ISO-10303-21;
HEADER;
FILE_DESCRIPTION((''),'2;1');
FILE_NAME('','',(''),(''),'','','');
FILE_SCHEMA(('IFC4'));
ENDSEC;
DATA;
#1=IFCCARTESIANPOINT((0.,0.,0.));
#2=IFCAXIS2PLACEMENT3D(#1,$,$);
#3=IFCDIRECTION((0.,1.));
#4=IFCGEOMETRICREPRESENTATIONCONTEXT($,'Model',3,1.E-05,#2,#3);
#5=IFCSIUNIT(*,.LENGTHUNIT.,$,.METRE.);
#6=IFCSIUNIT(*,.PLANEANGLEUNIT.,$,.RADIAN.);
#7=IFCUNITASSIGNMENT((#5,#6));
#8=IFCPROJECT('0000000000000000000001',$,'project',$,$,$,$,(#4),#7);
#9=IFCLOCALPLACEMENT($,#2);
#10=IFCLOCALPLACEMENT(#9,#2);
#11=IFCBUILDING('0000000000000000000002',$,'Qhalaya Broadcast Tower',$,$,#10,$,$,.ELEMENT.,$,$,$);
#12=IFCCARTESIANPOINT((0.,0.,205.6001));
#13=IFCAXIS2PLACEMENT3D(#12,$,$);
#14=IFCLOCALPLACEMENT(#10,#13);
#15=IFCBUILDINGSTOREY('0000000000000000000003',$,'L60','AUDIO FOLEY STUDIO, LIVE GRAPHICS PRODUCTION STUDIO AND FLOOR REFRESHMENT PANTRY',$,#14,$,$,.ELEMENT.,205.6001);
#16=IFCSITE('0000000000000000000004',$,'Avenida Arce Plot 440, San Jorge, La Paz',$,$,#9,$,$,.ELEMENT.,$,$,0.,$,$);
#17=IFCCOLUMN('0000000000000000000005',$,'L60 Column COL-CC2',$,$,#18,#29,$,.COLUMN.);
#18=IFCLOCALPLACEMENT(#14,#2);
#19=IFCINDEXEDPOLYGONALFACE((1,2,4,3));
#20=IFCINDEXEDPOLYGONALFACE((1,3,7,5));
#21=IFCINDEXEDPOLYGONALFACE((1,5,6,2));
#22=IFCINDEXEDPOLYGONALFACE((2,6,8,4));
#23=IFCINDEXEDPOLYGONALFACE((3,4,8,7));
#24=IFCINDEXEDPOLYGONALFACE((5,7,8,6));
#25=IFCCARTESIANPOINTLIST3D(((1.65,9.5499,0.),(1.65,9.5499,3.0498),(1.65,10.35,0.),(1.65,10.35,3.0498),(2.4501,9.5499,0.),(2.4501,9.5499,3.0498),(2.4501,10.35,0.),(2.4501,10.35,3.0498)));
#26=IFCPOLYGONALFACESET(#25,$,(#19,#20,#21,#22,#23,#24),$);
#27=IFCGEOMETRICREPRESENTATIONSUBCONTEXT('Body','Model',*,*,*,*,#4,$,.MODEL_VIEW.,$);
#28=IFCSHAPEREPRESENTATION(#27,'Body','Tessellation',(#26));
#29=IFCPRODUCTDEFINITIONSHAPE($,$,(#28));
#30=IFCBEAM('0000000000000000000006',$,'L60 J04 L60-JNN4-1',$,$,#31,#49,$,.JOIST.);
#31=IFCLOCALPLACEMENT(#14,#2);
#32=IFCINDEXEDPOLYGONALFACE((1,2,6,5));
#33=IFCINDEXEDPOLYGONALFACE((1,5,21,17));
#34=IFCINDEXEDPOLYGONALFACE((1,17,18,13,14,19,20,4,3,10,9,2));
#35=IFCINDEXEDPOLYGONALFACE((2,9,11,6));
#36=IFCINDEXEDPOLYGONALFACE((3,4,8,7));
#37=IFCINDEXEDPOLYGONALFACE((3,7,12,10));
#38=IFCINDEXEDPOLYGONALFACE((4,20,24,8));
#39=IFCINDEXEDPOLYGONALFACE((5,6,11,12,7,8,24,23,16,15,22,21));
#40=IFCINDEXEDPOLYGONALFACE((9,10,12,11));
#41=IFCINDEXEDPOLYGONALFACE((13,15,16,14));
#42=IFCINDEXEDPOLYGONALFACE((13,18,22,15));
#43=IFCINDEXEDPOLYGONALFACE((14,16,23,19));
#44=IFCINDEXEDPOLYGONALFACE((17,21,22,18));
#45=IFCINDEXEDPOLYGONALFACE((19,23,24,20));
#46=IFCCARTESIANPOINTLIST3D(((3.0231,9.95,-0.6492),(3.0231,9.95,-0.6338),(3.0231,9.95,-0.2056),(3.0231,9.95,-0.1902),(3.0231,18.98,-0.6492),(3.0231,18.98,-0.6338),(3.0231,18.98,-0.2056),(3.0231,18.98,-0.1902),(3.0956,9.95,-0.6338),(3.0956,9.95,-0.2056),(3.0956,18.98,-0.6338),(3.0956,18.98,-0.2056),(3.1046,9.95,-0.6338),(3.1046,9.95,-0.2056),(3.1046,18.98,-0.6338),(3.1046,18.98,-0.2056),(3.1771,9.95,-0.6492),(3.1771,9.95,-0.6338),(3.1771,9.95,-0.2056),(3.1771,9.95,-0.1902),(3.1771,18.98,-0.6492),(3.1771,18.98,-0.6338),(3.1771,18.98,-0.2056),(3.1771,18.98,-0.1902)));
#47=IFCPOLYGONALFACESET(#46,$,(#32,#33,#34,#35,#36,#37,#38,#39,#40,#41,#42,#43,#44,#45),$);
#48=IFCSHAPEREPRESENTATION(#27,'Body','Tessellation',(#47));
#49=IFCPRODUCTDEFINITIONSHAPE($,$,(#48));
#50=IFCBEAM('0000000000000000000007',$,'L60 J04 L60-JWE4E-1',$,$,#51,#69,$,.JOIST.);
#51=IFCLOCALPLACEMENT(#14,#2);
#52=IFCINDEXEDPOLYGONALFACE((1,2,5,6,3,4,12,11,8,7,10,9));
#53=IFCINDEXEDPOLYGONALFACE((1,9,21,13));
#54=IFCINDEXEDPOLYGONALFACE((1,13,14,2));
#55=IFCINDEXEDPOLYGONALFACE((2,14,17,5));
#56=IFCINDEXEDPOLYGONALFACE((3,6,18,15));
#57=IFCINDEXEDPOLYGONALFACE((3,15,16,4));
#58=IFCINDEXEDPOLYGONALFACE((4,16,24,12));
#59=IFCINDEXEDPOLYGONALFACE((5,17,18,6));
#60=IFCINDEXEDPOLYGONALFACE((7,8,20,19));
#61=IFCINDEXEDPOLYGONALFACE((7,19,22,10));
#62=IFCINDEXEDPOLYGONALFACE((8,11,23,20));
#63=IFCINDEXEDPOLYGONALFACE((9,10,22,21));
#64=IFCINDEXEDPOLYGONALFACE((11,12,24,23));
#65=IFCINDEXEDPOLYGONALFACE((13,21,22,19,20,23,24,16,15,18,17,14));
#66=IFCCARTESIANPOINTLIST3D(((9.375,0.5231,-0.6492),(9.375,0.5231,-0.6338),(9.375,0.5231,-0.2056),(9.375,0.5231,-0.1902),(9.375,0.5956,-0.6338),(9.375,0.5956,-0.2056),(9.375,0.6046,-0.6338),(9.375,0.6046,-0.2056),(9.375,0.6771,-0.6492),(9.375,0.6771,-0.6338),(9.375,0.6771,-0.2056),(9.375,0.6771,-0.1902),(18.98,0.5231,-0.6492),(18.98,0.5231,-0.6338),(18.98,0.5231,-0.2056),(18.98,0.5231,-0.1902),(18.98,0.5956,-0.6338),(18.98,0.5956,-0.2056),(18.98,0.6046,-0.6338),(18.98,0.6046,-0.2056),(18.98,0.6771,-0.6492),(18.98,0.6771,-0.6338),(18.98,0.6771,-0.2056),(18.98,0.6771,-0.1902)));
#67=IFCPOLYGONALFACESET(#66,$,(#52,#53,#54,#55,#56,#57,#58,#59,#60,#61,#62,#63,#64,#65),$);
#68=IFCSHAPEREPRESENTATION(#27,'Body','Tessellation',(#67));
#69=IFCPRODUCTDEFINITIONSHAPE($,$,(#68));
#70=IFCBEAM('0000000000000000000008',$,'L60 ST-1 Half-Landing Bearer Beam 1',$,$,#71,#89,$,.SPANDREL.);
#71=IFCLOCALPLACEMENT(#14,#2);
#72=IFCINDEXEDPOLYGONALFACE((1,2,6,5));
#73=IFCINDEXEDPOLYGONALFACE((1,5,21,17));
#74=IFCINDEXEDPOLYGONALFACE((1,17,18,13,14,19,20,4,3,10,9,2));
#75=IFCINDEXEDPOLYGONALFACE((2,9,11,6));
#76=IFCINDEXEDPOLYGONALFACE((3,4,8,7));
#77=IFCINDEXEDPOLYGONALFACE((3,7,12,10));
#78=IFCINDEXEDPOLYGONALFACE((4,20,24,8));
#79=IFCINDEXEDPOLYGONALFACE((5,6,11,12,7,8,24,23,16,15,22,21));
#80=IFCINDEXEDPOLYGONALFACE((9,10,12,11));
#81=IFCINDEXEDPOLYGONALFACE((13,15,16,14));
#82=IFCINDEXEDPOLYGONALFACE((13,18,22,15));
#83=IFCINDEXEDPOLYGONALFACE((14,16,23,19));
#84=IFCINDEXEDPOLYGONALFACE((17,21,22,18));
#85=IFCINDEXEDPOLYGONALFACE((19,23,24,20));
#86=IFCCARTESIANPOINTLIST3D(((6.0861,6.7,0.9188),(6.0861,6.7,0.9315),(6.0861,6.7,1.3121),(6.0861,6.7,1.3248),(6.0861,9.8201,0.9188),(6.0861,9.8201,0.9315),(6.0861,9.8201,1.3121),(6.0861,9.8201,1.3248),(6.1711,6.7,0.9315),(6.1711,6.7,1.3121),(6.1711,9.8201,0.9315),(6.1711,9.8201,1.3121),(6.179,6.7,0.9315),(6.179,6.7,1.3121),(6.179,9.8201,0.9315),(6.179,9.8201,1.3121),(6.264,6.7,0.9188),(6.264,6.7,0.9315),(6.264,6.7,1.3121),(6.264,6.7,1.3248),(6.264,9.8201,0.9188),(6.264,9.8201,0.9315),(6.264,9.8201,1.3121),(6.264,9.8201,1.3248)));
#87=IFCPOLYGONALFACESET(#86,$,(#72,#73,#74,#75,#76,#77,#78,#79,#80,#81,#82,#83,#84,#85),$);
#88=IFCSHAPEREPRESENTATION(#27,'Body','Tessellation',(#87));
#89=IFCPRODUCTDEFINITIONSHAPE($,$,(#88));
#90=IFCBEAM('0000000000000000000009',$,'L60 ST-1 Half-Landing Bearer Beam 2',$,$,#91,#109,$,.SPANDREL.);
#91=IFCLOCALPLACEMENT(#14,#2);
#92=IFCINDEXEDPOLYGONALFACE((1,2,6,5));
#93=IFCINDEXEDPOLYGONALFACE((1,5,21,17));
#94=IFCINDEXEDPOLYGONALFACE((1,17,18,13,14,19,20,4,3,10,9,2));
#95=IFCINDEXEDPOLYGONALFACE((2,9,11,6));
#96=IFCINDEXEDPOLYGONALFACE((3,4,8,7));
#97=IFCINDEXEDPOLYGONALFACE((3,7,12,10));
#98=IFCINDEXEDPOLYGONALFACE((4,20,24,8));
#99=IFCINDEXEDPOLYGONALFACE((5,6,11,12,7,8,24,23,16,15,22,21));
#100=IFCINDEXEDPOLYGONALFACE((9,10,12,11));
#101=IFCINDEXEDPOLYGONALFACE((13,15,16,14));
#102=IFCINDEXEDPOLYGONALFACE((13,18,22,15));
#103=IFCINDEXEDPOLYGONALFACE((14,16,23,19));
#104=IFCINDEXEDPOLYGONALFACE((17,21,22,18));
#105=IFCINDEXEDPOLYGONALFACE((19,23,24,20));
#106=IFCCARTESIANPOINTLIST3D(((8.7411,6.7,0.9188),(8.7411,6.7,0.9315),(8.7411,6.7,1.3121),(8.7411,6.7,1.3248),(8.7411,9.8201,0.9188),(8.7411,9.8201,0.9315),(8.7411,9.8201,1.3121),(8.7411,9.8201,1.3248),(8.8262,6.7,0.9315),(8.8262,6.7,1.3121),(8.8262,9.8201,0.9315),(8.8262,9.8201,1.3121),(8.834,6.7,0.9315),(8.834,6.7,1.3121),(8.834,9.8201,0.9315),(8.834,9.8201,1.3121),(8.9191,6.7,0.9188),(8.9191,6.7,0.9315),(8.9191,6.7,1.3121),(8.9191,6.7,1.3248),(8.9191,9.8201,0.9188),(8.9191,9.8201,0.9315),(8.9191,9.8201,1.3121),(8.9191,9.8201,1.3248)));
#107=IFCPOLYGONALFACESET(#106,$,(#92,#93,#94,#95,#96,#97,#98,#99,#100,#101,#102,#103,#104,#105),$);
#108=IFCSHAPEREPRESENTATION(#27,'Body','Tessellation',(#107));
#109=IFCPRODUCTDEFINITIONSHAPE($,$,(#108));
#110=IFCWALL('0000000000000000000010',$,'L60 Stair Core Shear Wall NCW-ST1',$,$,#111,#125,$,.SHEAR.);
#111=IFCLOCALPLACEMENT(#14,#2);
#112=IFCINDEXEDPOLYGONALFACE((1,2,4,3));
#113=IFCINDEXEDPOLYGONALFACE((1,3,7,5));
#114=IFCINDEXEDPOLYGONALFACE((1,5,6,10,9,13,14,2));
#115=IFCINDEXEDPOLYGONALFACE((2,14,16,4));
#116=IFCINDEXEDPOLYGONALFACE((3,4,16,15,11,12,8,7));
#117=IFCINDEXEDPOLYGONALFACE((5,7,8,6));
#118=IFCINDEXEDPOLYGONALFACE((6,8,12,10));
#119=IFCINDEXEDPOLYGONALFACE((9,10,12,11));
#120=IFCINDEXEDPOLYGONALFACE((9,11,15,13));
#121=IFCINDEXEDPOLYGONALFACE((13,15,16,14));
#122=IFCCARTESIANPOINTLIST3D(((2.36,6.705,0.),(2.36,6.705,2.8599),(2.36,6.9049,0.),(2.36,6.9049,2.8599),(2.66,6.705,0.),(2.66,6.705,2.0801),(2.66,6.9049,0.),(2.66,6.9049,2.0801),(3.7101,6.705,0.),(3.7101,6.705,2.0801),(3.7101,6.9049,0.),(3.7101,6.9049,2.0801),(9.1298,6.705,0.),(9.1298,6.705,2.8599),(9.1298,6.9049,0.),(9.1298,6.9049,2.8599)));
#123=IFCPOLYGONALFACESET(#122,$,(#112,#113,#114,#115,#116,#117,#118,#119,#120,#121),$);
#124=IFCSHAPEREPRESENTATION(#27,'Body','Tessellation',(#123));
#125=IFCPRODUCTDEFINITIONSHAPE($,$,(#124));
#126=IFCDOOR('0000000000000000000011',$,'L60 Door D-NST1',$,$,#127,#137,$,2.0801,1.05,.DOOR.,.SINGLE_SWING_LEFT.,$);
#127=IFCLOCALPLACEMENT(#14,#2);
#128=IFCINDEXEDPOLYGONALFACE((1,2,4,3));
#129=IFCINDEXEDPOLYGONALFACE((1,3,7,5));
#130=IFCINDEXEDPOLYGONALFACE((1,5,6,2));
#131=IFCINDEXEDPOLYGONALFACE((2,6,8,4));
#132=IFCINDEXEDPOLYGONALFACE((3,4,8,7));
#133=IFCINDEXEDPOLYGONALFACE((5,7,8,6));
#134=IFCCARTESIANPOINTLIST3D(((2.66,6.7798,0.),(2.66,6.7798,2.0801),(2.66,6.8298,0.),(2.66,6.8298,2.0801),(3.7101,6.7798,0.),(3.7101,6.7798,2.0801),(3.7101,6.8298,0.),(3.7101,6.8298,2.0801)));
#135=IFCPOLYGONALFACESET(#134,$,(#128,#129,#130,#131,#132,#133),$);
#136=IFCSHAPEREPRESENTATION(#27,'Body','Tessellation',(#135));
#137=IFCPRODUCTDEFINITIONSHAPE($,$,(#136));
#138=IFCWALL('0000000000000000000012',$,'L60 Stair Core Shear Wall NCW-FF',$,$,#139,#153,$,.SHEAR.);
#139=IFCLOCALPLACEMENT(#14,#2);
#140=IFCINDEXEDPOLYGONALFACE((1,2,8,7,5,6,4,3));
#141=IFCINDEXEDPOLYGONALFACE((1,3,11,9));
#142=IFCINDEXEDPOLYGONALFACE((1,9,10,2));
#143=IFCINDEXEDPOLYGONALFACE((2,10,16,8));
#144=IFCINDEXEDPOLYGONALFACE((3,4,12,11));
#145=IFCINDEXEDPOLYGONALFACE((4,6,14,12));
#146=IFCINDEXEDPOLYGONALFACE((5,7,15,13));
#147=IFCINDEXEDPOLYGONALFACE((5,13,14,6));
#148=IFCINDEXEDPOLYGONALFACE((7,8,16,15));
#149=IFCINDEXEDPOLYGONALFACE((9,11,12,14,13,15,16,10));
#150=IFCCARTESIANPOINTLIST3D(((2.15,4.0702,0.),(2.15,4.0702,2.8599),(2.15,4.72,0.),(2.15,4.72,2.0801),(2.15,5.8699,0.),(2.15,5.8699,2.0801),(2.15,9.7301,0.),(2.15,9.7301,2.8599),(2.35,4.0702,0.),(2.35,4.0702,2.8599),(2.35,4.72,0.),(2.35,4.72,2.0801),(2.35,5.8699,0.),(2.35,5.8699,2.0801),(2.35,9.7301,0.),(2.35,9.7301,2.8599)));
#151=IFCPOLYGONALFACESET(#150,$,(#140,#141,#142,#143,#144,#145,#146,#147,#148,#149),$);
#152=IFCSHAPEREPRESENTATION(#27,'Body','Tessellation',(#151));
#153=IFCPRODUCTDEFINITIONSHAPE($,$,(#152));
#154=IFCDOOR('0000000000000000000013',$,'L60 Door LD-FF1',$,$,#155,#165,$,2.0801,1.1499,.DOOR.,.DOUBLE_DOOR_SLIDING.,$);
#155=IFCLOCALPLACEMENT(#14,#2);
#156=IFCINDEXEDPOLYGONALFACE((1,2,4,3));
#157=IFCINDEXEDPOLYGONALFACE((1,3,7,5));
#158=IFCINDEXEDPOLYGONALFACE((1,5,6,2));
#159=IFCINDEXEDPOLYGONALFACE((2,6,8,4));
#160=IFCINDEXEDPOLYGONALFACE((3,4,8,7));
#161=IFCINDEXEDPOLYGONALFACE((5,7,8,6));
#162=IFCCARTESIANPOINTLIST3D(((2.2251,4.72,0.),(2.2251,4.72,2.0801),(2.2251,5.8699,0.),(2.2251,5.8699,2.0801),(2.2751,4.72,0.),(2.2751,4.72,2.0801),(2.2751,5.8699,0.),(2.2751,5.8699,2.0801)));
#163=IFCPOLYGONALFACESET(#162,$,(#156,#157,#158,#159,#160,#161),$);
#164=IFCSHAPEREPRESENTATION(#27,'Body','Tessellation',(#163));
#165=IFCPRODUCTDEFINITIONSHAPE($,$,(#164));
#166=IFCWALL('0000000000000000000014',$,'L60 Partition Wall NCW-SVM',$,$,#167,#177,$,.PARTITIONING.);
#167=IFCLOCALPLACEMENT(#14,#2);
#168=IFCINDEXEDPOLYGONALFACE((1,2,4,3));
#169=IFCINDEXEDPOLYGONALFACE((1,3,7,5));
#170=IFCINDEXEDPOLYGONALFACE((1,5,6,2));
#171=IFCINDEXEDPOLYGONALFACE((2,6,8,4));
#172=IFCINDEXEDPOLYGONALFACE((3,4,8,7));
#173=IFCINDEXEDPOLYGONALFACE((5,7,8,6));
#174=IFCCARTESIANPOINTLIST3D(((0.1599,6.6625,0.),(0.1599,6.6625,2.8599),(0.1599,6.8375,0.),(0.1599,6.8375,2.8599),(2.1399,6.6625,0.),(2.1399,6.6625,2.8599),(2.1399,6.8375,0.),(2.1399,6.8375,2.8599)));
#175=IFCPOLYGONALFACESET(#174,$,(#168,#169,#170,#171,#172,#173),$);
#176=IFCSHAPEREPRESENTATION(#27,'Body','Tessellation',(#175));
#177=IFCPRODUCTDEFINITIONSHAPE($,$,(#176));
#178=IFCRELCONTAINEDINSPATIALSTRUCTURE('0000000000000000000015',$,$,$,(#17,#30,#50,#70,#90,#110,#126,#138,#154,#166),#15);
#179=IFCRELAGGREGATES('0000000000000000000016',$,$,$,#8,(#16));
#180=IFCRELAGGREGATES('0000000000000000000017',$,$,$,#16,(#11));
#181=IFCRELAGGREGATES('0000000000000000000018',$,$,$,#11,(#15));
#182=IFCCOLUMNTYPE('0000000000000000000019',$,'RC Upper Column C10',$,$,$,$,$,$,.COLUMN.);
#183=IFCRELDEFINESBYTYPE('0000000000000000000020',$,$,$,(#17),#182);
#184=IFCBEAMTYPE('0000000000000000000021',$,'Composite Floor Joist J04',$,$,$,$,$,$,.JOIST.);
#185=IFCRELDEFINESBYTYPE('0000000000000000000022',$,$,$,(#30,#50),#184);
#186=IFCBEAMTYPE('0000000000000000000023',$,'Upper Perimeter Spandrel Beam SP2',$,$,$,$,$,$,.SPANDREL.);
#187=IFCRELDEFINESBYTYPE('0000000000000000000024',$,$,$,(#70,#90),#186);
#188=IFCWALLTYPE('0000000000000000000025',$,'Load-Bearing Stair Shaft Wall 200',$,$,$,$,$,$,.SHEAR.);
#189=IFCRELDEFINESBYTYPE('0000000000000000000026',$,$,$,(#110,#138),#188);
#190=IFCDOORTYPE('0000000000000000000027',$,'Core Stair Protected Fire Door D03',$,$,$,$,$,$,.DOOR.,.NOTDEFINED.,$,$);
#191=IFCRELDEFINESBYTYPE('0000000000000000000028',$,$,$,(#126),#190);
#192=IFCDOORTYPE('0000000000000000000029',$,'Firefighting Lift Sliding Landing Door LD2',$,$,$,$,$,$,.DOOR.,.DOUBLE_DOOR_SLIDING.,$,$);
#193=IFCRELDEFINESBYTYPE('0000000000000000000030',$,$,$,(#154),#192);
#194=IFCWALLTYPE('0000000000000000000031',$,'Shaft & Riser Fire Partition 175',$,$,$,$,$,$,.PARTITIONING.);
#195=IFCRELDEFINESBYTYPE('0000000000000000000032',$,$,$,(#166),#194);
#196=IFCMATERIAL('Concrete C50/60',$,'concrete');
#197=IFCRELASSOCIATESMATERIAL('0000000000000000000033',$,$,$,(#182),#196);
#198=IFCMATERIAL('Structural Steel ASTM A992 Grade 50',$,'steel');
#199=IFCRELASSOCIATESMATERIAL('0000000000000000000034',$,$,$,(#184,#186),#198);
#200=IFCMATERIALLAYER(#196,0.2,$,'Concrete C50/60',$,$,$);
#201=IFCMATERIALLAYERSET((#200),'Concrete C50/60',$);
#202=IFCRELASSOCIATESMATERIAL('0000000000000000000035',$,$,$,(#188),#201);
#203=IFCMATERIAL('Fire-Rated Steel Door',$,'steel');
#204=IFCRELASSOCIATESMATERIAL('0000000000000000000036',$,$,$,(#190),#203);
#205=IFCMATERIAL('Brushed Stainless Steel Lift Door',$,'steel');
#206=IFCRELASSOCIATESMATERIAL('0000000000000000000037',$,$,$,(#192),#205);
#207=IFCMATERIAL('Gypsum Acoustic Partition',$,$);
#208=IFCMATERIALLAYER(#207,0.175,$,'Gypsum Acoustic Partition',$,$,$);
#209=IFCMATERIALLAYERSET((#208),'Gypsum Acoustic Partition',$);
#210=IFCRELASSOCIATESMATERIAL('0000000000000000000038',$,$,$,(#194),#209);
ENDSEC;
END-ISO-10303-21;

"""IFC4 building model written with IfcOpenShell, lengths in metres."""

from ifc_helpers import new_model, si_unit, direction, frame, frame_2d, origin, origin_2d, place, context, subcontext, project, spatial, rectangle, i_section, extrude, material, layer, layer_set, material_profile, profile_set, type_object, element, fill, save


model = new_model("IFC4")

# Units and contexts
model_context = context("Model", 3, precision=1e-05, world=origin(), true_north=direction((0.0, 1.0)))
body_context = subcontext(model_context, "Body", "Model", "MODEL_VIEW")
ifc_project = project(units=[si_unit("LENGTHUNIT", "METRE"), si_unit("PLANEANGLEUNIT", "RADIAN")], contexts=[model_context])

# Site, building, storey
site_placement = place(None, origin())
site = spatial("IfcSite", under=ifc_project, at=site_placement, Name="Avenida Arce Plot 440, San Jorge, La Paz", CompositionType="ELEMENT", RefElevation=0.0)
building_placement = place(site_placement, origin())
building = spatial("IfcBuilding", under=site, at=building_placement, Name="Qhalaya Broadcast Tower", CompositionType="ELEMENT")
storey_placement = place(building_placement, frame((0.0, 0.0, 205.6001)))
storey = spatial("IfcBuildingStorey", under=building, at=storey_placement, Name="L60", Description="AUDIO FOLEY STUDIO, LIVE GRAPHICS PRODUCTION STUDIO AND FLOOR REFRESHMENT PANTRY", CompositionType="ELEMENT", Elevation=205.6001)

# Column
ifc_material_1 = material(Name="Concrete C50/60", Category="concrete")
ifc_material_profile_1 = material_profile(ifc_material_1, rectangle(XDim=0.8, YDim=0.8, at=origin_2d()), Name="RC-COL 800x800")
ifc_profile_set_1 = profile_set([ifc_material_profile_1], Name="Concrete C50/60")
column_type = type_object("IfcColumnType", Name="RC Upper Column C10", PredefinedType="COLUMN", material=ifc_profile_set_1)
column_placement = place(storey_placement, frame((2.05, 9.95, 0.0), z_axis=(0.0, 0.0, 1.0), x_axis=(1.0, 0.0, 0.0)))
element("IfcColumn", 1, at=column_placement, inside=storey, type_object=column_type, Name="L60 Column COL-CC2", PredefinedType="COLUMN", context=body_context, shape_type="SweptSolid", body=[
    extrude(rectangle(XDim=0.8, YDim=0.8, at=origin_2d()), origin(), (0.0, 0.0, 1.0), 3.0498),
])

# Beams
ifc_material_2 = material(Name="Structural Steel ASTM A992 Grade 50", Category="steel")
ifc_material_profile_2 = material_profile(ifc_material_2, i_section(OverallWidth=0.1541, OverallDepth=0.459, WebThickness=0.009, FlangeThickness=0.0154, at=origin_2d()), Name="W18X46")
ifc_profile_set_2 = profile_set([ifc_material_profile_2], Name="Structural Steel ASTM A992 Grade 50")
beam_type_1 = type_object("IfcBeamType", Name="Composite Floor Joist J04", PredefinedType="JOIST", material=ifc_profile_set_2)
beam_1_placement = place(storey_placement, frame((3.1001, 9.95, -0.4197), z_axis=(0.0, 1.0, 0.0), x_axis=(-1.0, 0.0, 0.0)))
element("IfcBeam", 2, at=beam_1_placement, inside=storey, type_object=beam_type_1, Name="L60 J04 L60-JNN4-1", PredefinedType="JOIST", context=body_context, shape_type="SweptSolid", body=[
    extrude(i_section(OverallWidth=0.1541, OverallDepth=0.459, WebThickness=0.009, FlangeThickness=0.0154, at=origin_2d()), origin(), (0.0, 0.0, 1.0), 9.03),
])
beam_2_placement = place(storey_placement, frame((9.375, 0.6001, -0.4197), z_axis=(1.0, 0.0, 0.0), x_axis=(0.0, 1.0, 0.0)))
element("IfcBeam", 3, at=beam_2_placement, inside=storey, type_object=beam_type_1, Name="L60 J04 L60-JWE4E-1", PredefinedType="JOIST", context=body_context, shape_type="SweptSolid", body=[
    extrude(i_section(OverallWidth=0.1541, OverallDepth=0.459, WebThickness=0.009, FlangeThickness=0.0154, at=origin_2d()), origin(), (0.0, 0.0, 1.0), 9.605),
])
ifc_material_profile_3 = material_profile(ifc_material_2, i_section(OverallWidth=0.178, OverallDepth=0.406, WebThickness=0.0078, FlangeThickness=0.0127, at=origin_2d()), Name="W16X40")
ifc_profile_set_3 = profile_set([ifc_material_profile_3], Name="Structural Steel ASTM A992 Grade 50")
beam_type_2 = type_object("IfcBeamType", Name="Upper Perimeter Spandrel Beam SP2", PredefinedType="SPANDREL", material=ifc_profile_set_3)
for number, where, z_axis, x_axis, name in (
    (4, (6.175, 6.7, 1.1218), (0.0, 1.0, 0.0), (-1.0, 0.0, 0.0), "L60 ST-1 Half-Landing Bearer Beam 1"),
    (5, (8.8301, 6.7, 1.1218), (0.0, 1.0, 0.0), (-1.0, 0.0, 0.0), "L60 ST-1 Half-Landing Bearer Beam 2"),
):
    element("IfcBeam", number, at=place(storey_placement, frame(where, z_axis=z_axis, x_axis=x_axis)), inside=storey, type_object=beam_type_2, Name=name, PredefinedType="SPANDREL", context=body_context, shape_type="SweptSolid", body=[
        extrude(i_section(OverallWidth=0.178, OverallDepth=0.406, WebThickness=0.0078, FlangeThickness=0.0127, at=origin_2d()), origin(), (0.0, 0.0, 1.0), 3.1201),
    ])

# Walls, openings, doors
ifc_layer_1 = layer(ifc_material_1, 0.2, Name="Concrete C50/60")
ifc_layer_set_1 = layer_set([ifc_layer_1], Name="Concrete C50/60")
wall_type_1 = type_object("IfcWallType", Name="Load-Bearing Stair Shaft Wall 200", PredefinedType="SHEAR", material=ifc_layer_set_1)
wall_1_placement = place(storey_placement, frame((2.3601, 6.8049, 0.0), z_axis=(0.0, 0.0, 1.0), x_axis=(1.0, 0.0, 0.0)))
wall_1 = element("IfcWall", 6, at=wall_1_placement, inside=storey, type_object=wall_type_1, Name="L60 Stair Core Shear Wall NCW-ST1", PredefinedType="SHEAR", context=body_context, shape_type="SweptSolid", body=[
    extrude(rectangle(XDim=6.7698, YDim=0.2, at=frame_2d((3.3848, 0.0))), origin(), (0.0, 0.0, 1.0), 2.8599),
])
opening_1_placement = place(wall_1_placement, frame((0.3, 0.0, 0.0)))
opening_1 = element("IfcOpeningElement", 7, at=opening_1_placement, cuts=wall_1, PredefinedType="OPENING", context=body_context, shape_type="SweptSolid", body=[
    extrude(rectangle(XDim=1.05, YDim=2.0801, at=frame_2d((0.5249, 1.04))), frame((0.0, 0.1121, 0.0), z_axis=(0.0, -1.0, 0.0), x_axis=(1.0, 0.0, 0.0)), (0.0, 0.0, 1.0), 0.2239),
])
ifc_material_3 = material(Name="Fire-Rated Steel Door", Category="steel")
door_type_1 = type_object("IfcDoorType", Name="Core Stair Protected Fire Door D03", OperationType="NOTDEFINED", PredefinedType="DOOR", material=ifc_material_3)
door_1_placement = place(opening_1_placement, origin())
door_1 = element("IfcDoor", 8, at=door_1_placement, inside=storey, type_object=door_type_1, Name="L60 Door D-NST1", OperationType="SINGLE_SWING_LEFT", OverallHeight=2.0801, OverallWidth=1.05, PredefinedType="DOOR", context=body_context, shape_type="SweptSolid", body=[
    extrude(rectangle(XDim=1.05, YDim=2.0801, at=frame_2d((0.5249, 1.04))), frame((0.0, 0.0249, 0.0), z_axis=(0.0, -1.0, 0.0), x_axis=(1.0, 0.0, 0.0)), (0.0, 0.0, 1.0), 0.05),
])
fill(opening_1, door_1)
wall_2_placement = place(storey_placement, frame((2.25, 4.0701, 0.0), z_axis=(0.0, 0.0, 1.0), x_axis=(0.0, 1.0, 0.0)))
wall_2 = element("IfcWall", 9, at=wall_2_placement, inside=storey, type_object=wall_type_1, Name="L60 Stair Core Shear Wall NCW-FF", PredefinedType="SHEAR", context=body_context, shape_type="SweptSolid", body=[
    extrude(rectangle(XDim=5.6599, YDim=0.2, at=frame_2d((2.8301, 0.0))), origin(), (0.0, 0.0, 1.0), 2.8599),
])
opening_2_placement = place(wall_2_placement, frame((0.6499, 0.0, 0.0)))
opening_2 = element("IfcOpeningElement", 10, at=opening_2_placement, cuts=wall_2, PredefinedType="OPENING", context=body_context, shape_type="SweptSolid", body=[
    extrude(rectangle(XDim=1.1499, YDim=2.0801, at=frame_2d((0.575, 1.04))), frame((0.0, 0.1121, 0.0), z_axis=(0.0, -1.0, 0.0), x_axis=(1.0, 0.0, 0.0)), (0.0, 0.0, 1.0), 0.2239),
])
ifc_material_4 = material(Name="Brushed Stainless Steel Lift Door", Category="steel")
door_type_2 = type_object("IfcDoorType", Name="Firefighting Lift Sliding Landing Door LD2", OperationType="DOUBLE_DOOR_SLIDING", PredefinedType="DOOR", material=ifc_material_4)
door_2_placement = place(opening_2_placement, origin())
door_2 = element("IfcDoor", 11, at=door_2_placement, inside=storey, type_object=door_type_2, Name="L60 Door LD-FF1", OperationType="DOUBLE_DOOR_SLIDING", OverallHeight=2.0801, OverallWidth=1.1499, PredefinedType="DOOR", context=body_context, shape_type="SweptSolid", body=[
    extrude(rectangle(XDim=1.1499, YDim=2.0801, at=frame_2d((0.575, 1.04))), frame((0.0, 0.0249, 0.0), z_axis=(0.0, -1.0, 0.0), x_axis=(1.0, 0.0, 0.0)), (0.0, 0.0, 1.0), 0.05),
])
fill(opening_2, door_2)
ifc_material_5 = material(Name="Gypsum Acoustic Partition")
ifc_layer_2 = layer(ifc_material_5, 0.175, Name="Gypsum Acoustic Partition")
ifc_layer_set_2 = layer_set([ifc_layer_2], Name="Gypsum Acoustic Partition")
wall_type_2 = type_object("IfcWallType", Name="Shaft & Riser Fire Partition 175", PredefinedType="PARTITIONING", material=ifc_layer_set_2)

# Wall
wall_3_placement = place(storey_placement, frame((0.1599, 6.75, 0.0), z_axis=(0.0, 0.0, 1.0), x_axis=(1.0, 0.0, 0.0)))
element("IfcWall", 12, at=wall_3_placement, inside=storey, type_object=wall_type_2, Name="L60 Partition Wall NCW-SVM", PredefinedType="PARTITIONING", context=body_context, shape_type="SweptSolid", body=[
    extrude(rectangle(XDim=1.98, YDim=0.175, at=frame_2d((0.99, 0.0))), origin(), (0.0, 0.0, 1.0), 2.8599),
])

save(model, "model.ifc")
